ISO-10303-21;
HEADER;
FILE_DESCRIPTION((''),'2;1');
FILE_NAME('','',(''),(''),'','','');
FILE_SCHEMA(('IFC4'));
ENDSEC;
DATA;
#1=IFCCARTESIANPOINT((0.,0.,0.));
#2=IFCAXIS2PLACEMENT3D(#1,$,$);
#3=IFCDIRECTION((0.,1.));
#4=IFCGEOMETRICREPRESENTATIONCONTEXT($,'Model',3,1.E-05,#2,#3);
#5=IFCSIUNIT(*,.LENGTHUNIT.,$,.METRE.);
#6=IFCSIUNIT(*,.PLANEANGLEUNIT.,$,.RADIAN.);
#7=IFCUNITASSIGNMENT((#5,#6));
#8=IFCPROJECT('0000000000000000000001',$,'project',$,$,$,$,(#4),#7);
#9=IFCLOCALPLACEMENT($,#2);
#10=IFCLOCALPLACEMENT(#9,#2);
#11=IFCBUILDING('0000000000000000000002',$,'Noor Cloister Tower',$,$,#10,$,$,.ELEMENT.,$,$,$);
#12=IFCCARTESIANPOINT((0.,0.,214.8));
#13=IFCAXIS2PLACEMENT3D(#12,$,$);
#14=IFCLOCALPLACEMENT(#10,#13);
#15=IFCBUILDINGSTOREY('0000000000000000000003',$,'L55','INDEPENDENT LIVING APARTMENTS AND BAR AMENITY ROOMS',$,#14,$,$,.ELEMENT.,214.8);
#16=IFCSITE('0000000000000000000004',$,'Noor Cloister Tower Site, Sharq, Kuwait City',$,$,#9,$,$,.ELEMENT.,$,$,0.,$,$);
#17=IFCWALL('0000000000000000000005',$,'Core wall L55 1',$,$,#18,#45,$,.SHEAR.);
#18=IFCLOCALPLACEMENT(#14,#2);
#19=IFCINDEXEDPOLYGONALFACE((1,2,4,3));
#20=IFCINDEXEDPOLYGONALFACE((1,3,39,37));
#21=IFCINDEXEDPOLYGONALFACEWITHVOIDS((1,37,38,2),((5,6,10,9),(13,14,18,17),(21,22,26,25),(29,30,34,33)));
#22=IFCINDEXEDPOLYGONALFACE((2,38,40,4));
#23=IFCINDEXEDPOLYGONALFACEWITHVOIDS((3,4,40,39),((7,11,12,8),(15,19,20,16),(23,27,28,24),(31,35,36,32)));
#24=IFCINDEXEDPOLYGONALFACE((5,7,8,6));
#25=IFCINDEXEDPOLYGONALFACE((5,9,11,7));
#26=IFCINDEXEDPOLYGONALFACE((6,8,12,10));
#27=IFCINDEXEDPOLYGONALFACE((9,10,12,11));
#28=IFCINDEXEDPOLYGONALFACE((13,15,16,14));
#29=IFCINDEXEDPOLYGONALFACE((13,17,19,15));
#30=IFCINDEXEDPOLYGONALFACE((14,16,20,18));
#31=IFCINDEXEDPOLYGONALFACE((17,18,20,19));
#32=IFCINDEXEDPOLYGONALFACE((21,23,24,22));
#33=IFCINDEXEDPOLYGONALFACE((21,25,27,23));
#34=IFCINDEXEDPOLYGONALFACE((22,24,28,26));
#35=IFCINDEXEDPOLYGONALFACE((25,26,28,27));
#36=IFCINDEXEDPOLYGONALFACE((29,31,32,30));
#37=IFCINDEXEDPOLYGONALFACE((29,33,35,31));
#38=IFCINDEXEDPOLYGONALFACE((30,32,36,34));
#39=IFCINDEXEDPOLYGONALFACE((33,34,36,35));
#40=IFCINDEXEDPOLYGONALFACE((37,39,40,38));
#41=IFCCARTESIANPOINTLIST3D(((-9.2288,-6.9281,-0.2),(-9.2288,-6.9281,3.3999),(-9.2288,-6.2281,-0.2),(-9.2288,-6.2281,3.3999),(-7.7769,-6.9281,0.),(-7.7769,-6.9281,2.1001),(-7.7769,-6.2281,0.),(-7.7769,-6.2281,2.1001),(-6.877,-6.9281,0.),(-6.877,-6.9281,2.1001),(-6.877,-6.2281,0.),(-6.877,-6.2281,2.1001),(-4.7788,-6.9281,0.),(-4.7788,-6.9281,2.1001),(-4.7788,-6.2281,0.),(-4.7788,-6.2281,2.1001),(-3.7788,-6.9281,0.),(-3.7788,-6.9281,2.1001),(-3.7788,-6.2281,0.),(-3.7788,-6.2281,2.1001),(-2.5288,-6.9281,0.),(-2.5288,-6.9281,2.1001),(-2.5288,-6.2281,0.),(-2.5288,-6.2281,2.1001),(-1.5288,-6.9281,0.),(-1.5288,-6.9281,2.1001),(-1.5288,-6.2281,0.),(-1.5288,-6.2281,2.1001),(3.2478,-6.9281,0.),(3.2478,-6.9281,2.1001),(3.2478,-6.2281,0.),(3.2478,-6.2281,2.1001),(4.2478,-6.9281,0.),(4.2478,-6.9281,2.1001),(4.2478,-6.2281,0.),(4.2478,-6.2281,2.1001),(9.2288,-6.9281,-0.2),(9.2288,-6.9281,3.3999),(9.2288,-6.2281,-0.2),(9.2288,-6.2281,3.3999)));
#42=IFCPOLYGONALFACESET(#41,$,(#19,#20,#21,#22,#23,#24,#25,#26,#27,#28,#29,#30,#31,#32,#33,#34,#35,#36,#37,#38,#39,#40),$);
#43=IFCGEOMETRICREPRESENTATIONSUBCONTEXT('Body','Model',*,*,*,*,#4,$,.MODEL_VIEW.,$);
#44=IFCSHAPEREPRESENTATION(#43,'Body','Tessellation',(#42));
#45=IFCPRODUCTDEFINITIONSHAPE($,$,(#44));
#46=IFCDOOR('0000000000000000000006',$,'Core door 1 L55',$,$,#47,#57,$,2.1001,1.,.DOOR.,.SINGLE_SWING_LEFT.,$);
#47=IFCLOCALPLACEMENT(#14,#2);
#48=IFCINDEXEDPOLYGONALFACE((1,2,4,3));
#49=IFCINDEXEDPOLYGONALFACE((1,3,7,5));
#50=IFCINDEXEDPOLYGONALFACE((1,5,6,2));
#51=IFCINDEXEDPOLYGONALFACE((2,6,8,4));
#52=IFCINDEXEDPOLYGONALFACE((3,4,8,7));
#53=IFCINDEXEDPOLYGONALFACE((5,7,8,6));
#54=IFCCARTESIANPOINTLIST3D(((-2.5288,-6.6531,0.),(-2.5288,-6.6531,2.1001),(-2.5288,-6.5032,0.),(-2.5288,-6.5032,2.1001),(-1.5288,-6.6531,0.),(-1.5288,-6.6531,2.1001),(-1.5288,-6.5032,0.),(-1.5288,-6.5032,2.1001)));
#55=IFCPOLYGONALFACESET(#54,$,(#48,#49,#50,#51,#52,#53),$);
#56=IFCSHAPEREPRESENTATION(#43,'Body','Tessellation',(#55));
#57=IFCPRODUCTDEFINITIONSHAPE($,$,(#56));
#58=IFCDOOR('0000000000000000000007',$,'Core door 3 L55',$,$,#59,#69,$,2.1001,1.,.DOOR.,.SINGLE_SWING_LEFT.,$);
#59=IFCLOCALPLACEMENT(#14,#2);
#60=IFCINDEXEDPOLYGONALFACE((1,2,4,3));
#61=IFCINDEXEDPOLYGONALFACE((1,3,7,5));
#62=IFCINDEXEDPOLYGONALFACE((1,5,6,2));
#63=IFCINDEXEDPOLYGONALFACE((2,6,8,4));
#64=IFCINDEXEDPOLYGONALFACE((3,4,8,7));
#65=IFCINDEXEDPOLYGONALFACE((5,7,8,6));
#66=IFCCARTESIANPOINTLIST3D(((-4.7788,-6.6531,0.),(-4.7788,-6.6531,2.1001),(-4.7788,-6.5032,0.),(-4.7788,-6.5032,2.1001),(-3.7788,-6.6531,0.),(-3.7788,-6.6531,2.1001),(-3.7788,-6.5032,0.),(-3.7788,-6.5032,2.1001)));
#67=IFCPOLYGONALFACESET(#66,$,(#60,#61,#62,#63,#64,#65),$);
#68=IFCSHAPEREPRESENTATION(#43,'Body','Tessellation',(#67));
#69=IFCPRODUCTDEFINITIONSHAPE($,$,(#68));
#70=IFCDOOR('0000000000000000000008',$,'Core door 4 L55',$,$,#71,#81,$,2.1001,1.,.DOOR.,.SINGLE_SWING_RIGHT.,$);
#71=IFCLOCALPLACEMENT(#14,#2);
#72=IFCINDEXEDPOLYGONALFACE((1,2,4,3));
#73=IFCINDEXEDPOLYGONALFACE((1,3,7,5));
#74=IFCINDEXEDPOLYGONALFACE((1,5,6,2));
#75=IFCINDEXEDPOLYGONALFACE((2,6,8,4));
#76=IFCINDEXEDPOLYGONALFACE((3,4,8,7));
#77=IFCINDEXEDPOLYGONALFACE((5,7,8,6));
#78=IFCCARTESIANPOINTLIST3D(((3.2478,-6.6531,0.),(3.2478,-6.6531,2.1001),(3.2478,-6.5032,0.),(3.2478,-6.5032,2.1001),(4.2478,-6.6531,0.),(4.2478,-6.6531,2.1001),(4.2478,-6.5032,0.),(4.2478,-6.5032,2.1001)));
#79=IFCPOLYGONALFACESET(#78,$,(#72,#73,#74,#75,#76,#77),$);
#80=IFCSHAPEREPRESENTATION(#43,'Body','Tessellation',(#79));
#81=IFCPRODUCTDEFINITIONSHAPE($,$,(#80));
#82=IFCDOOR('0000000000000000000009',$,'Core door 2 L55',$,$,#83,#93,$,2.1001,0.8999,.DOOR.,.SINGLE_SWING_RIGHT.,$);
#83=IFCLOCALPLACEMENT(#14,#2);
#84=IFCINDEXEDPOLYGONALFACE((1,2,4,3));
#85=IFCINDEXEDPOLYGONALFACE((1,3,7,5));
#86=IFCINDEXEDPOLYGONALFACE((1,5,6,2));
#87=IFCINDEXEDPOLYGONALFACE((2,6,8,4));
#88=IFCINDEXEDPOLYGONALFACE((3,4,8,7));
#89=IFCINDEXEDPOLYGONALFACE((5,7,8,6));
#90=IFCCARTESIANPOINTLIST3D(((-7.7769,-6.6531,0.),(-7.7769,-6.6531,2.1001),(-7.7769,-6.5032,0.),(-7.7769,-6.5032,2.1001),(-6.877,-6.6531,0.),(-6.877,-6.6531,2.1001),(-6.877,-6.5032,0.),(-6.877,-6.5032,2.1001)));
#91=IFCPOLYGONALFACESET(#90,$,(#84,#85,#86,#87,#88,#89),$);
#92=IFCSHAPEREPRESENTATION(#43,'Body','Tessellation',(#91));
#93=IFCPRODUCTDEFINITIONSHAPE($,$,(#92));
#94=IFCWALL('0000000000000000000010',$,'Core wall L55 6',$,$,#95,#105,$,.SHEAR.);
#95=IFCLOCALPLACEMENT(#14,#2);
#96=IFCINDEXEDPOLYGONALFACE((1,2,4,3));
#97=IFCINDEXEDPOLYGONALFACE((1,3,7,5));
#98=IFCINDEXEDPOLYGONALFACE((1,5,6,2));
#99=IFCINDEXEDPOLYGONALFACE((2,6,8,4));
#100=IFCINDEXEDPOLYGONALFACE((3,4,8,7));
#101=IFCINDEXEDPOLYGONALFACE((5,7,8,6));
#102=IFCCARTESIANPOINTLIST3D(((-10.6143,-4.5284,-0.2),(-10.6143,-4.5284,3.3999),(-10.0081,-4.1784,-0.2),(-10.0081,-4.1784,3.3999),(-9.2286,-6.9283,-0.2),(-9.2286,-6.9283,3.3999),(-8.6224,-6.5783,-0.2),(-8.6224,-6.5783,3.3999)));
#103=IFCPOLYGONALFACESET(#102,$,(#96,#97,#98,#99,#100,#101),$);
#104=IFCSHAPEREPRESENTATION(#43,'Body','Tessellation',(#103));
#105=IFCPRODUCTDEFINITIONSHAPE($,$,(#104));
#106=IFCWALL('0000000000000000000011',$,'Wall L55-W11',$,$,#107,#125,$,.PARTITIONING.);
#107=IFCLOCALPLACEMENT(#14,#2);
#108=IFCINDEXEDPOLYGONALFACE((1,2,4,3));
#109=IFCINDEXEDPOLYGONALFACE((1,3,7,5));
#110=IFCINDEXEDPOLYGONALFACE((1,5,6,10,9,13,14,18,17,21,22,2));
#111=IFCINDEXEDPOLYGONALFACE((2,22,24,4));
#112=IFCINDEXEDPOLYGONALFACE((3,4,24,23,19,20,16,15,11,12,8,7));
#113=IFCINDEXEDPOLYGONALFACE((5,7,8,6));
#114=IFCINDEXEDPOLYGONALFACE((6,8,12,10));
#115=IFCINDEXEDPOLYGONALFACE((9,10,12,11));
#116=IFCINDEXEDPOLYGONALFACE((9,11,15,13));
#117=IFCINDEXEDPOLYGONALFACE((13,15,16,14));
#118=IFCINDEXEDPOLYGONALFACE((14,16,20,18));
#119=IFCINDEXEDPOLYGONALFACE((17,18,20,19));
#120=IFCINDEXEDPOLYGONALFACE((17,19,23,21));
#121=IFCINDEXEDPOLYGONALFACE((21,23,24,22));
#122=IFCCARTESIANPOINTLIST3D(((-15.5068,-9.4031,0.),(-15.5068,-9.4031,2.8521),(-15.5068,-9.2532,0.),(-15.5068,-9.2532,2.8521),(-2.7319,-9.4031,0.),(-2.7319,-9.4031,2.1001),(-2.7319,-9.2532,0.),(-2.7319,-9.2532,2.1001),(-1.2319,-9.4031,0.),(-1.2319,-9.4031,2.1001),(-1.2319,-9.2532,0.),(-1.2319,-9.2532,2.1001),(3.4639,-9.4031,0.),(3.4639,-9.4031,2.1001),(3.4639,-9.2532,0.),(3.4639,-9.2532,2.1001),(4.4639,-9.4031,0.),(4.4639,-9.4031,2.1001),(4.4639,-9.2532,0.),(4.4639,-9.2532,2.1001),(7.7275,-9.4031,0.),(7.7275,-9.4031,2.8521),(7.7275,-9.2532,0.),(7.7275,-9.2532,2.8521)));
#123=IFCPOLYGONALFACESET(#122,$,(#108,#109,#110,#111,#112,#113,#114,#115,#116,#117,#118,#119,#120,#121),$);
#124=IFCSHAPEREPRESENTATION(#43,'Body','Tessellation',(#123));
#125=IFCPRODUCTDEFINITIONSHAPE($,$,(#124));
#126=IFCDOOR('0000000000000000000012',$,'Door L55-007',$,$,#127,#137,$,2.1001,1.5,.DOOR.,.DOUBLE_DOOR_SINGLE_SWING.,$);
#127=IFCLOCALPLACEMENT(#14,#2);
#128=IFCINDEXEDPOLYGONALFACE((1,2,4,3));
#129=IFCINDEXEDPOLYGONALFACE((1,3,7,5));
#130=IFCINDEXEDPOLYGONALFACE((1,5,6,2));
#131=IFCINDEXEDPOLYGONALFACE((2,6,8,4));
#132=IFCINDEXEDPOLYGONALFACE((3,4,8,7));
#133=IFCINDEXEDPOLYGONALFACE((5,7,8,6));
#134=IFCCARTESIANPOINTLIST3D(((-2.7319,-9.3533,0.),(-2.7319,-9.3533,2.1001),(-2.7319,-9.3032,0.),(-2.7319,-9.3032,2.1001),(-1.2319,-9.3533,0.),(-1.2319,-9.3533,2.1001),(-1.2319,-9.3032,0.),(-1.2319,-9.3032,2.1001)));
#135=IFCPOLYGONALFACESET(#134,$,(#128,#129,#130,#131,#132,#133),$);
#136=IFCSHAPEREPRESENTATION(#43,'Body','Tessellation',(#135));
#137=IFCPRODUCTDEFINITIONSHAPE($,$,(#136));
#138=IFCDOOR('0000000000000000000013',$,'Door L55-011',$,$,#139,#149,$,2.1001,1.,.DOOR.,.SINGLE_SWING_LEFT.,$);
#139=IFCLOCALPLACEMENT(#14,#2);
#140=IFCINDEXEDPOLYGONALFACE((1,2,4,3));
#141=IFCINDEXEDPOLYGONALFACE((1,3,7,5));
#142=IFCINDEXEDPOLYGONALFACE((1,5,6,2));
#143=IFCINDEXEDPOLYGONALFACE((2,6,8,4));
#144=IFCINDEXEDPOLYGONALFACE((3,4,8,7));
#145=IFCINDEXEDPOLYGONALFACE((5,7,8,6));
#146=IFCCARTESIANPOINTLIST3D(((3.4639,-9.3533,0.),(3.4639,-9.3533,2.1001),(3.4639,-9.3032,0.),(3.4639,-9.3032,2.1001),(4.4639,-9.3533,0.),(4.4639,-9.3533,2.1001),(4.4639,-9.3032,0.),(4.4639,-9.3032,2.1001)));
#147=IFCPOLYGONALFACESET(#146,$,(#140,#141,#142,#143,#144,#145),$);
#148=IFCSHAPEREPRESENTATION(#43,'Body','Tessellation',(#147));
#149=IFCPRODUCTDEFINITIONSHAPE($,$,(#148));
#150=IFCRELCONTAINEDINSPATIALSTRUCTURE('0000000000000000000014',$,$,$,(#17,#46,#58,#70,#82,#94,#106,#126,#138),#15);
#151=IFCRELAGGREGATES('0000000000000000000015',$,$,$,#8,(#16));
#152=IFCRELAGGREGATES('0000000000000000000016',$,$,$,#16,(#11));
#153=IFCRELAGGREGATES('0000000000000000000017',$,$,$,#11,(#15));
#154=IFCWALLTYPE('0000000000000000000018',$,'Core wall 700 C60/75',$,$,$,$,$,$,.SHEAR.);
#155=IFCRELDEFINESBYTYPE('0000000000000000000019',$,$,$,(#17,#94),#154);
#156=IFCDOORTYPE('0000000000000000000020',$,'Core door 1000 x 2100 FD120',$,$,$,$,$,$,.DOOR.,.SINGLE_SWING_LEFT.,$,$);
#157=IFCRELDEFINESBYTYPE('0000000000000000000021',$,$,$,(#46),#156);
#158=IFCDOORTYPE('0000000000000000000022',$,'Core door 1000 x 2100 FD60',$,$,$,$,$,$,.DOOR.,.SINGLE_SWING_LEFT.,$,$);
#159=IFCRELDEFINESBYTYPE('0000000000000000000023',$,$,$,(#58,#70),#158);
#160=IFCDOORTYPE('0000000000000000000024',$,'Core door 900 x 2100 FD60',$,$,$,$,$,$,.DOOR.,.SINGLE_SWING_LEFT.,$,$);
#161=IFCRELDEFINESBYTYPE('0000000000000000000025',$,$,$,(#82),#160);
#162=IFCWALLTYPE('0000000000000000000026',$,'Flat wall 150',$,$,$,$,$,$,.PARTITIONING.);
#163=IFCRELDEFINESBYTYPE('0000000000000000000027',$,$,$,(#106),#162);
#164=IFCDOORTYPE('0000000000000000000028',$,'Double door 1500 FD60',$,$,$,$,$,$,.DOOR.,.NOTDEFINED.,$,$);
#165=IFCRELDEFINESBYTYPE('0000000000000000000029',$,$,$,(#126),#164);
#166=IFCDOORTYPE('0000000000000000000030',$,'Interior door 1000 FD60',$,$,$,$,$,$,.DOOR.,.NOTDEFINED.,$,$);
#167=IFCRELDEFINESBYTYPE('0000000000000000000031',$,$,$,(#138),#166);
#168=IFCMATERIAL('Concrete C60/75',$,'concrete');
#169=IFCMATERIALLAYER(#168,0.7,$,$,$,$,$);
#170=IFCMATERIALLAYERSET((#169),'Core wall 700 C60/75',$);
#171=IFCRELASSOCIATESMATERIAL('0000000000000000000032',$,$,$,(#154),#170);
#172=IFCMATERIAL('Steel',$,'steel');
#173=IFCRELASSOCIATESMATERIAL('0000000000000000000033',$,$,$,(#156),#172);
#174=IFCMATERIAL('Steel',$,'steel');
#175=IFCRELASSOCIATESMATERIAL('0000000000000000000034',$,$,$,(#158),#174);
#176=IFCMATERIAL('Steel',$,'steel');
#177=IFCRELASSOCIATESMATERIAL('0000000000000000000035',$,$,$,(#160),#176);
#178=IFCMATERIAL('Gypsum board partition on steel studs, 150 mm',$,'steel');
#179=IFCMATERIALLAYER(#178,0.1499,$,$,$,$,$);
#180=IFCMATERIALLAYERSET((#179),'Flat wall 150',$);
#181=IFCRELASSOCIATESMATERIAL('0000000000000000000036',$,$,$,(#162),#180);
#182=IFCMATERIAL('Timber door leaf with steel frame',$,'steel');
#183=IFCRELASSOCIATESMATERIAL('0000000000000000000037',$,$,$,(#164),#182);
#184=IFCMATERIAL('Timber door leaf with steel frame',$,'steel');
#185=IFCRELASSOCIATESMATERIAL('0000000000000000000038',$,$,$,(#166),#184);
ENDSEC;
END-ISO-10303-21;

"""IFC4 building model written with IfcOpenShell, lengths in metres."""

from ifc_helpers import new_model, si_unit, direction, frame, frame_2d, origin, place, context, subcontext, project, spatial, rectangle, extrude, material, layer, layer_set, type_object, element, fill, save


model = new_model("IFC4")

# Units and contexts
model_context = context("Model", 3, precision=1e-05, world=origin(), true_north=direction((0.0, 1.0)))
body_context = subcontext(model_context, "Body", "Model", "MODEL_VIEW")
ifc_project = project(units=[si_unit("LENGTHUNIT", "METRE"), si_unit("PLANEANGLEUNIT", "RADIAN")], contexts=[model_context])

# Site, building, storey
site_placement = place(None, origin())
site = spatial("IfcSite", under=ifc_project, at=site_placement, Name="Noor Cloister Tower Site, Sharq, Kuwait City", CompositionType="ELEMENT", RefElevation=0.0)
building_placement = place(site_placement, origin())
building = spatial("IfcBuilding", under=site, at=building_placement, Name="Noor Cloister Tower", CompositionType="ELEMENT")
storey_placement = place(building_placement, frame((0.0, 0.0, 214.8)))
storey = spatial("IfcBuildingStorey", under=building, at=storey_placement, Name="L55", Description="INDEPENDENT LIVING APARTMENTS AND BAR AMENITY ROOMS", CompositionType="ELEMENT", Elevation=214.8)

# Wall, openings, doors
ifc_material_1 = material(Name="Concrete C60/75", Category="concrete")
ifc_layer_1 = layer(ifc_material_1, 0.7)
ifc_layer_set_1 = layer_set([ifc_layer_1], Name="Core wall 700 C60/75")
wall_type_1 = type_object("IfcWallType", Name="Core wall 700 C60/75", PredefinedType="SHEAR", material=ifc_layer_set_1)
wall_1_placement = place(storey_placement, frame((-9.2288, -6.5781, -0.2), z_axis=(0.0, 0.0, 1.0), x_axis=(1.0, 0.0, 0.0)))
wall_1 = element("IfcWall", 1, at=wall_1_placement, inside=storey, type_object=wall_type_1, Name="Core wall L55 1", PredefinedType="SHEAR", context=body_context, shape_type="SweptSolid", body=[
    extrude(rectangle(XDim=18.4575, YDim=0.7, at=frame_2d((9.2288, 0.0))), origin(), (0.0, 0.0, 1.0), 3.5999),
])
opening_1_placement = place(wall_1_placement, frame((6.7, 0.0, 0.2)))
opening_1 = element("IfcOpeningElement", 2, at=opening_1_placement, cuts=wall_1, PredefinedType="OPENING", context=body_context, shape_type="SweptSolid", body=[
    extrude(rectangle(XDim=1.0, YDim=2.1001, at=frame_2d((0.5, 1.05))), frame((0.0, 0.3599, 0.0), z_axis=(0.0, -1.0, 0.0), x_axis=(1.0, 0.0, 0.0)), (0.0, 0.0, 1.0), 0.72),
])
opening_2_placement = place(wall_1_placement, frame((1.4519, 0.0, 0.2)))
opening_2 = element("IfcOpeningElement", 3, at=opening_2_placement, cuts=wall_1, PredefinedType="OPENING", context=body_context, shape_type="SweptSolid", body=[
    extrude(rectangle(XDim=0.8999, YDim=2.1001, at=frame_2d((0.45, 1.05))), frame((0.0, 0.3599, 0.0), z_axis=(0.0, -1.0, 0.0), x_axis=(1.0, 0.0, 0.0)), (0.0, 0.0, 1.0), 0.72),
])
opening_3_placement = place(wall_1_placement, frame((4.45, 0.0, 0.2)))
opening_3 = element("IfcOpeningElement", 4, at=opening_3_placement, cuts=wall_1, PredefinedType="OPENING", context=body_context, shape_type="SweptSolid", body=[
    extrude(rectangle(XDim=1.0, YDim=2.1001, at=frame_2d((0.5, 1.05))), frame((0.0, 0.3599, 0.0), z_axis=(0.0, -1.0, 0.0), x_axis=(1.0, 0.0, 0.0)), (0.0, 0.0, 1.0), 0.72),
])
opening_4_placement = place(wall_1_placement, frame((12.4766, 0.0, 0.2)))
opening_4 = element("IfcOpeningElement", 5, at=opening_4_placement, cuts=wall_1, PredefinedType="OPENING", context=body_context, shape_type="SweptSolid", body=[
    extrude(rectangle(XDim=1.0, YDim=2.1001, at=frame_2d((0.5, 1.05))), frame((0.0, 0.3599, 0.0), z_axis=(0.0, -1.0, 0.0), x_axis=(1.0, 0.0, 0.0)), (0.0, 0.0, 1.0), 0.72),
])
ifc_material_2 = material(Name="Steel", Category="steel")
door_type_1 = type_object("IfcDoorType", Name="Core door 1000 x 2100 FD120", OperationType="SINGLE_SWING_LEFT", PredefinedType="DOOR", material=ifc_material_2)
door_1_placement = place(opening_1_placement, origin())
door_1 = element("IfcDoor", 6, at=door_1_placement, inside=storey, type_object=door_type_1, Name="Core door 1 L55", OperationType="SINGLE_SWING_LEFT", OverallHeight=2.1001, OverallWidth=1.0, PredefinedType="DOOR", context=body_context, shape_type="SweptSolid", body=[
    extrude(rectangle(XDim=1.0, YDim=2.1001, at=frame_2d((0.5, 1.05))), frame((0.0, 0.075, 0.0), z_axis=(0.0, -1.0, 0.0), x_axis=(1.0, 0.0, 0.0)), (0.0, 0.0, 1.0), 0.1499),
])
fill(opening_1, door_1)
ifc_material_3 = material(Name="Steel", Category="steel")
door_type_2 = type_object("IfcDoorType", Name="Core door 1000 x 2100 FD60", OperationType="SINGLE_SWING_LEFT", PredefinedType="DOOR", material=ifc_material_3)
door_2_placement = place(opening_3_placement, origin())
door_2 = element("IfcDoor", 7, at=door_2_placement, inside=storey, type_object=door_type_2, Name="Core door 3 L55", OperationType="SINGLE_SWING_LEFT", OverallHeight=2.1001, OverallWidth=1.0, PredefinedType="DOOR", context=body_context, shape_type="SweptSolid", body=[
    extrude(rectangle(XDim=1.0, YDim=2.1001, at=frame_2d((0.5, 1.05))), frame((0.0, 0.075, 0.0), z_axis=(0.0, -1.0, 0.0), x_axis=(1.0, 0.0, 0.0)), (0.0, 0.0, 1.0), 0.1499),
])
fill(opening_3, door_2)
door_3_placement = place(opening_4_placement, origin())
door_3 = element("IfcDoor", 8, at=door_3_placement, inside=storey, type_object=door_type_2, Name="Core door 4 L55", OperationType="SINGLE_SWING_RIGHT", OverallHeight=2.1001, OverallWidth=1.0, PredefinedType="DOOR", context=body_context, shape_type="SweptSolid", body=[
    extrude(rectangle(XDim=1.0, YDim=2.1001, at=frame_2d((0.5, 1.05))), frame((0.0, 0.075, 0.0), z_axis=(0.0, -1.0, 0.0), x_axis=(1.0, 0.0, 0.0)), (0.0, 0.0, 1.0), 0.1499),
])
fill(opening_4, door_3)
ifc_material_4 = material(Name="Steel", Category="steel")
door_type_3 = type_object("IfcDoorType", Name="Core door 900 x 2100 FD60", OperationType="SINGLE_SWING_LEFT", PredefinedType="DOOR", material=ifc_material_4)
door_4_placement = place(opening_2_placement, origin())
door_4 = element("IfcDoor", 9, at=door_4_placement, inside=storey, type_object=door_type_3, Name="Core door 2 L55", OperationType="SINGLE_SWING_RIGHT", OverallHeight=2.1001, OverallWidth=0.8999, PredefinedType="DOOR", context=body_context, shape_type="SweptSolid", body=[
    extrude(rectangle(XDim=0.8999, YDim=2.1001, at=frame_2d((0.45, 1.05))), frame((0.0, 0.075, 0.0), z_axis=(0.0, -1.0, 0.0), x_axis=(1.0, 0.0, 0.0)), (0.0, 0.0, 1.0), 0.1499),
])
fill(opening_2, door_4)

# Wall
wall_2_placement = place(storey_placement, frame((-10.3113, -4.3533, -0.2), z_axis=(0.0, 0.0, 1.0), x_axis=(0.500043, -0.866001, 0.0)))
element("IfcWall", 10, at=wall_2_placement, inside=storey, type_object=wall_type_1, Name="Core wall L55 6", PredefinedType="SHEAR", context=body_context, shape_type="SweptSolid", body=[
    extrude(rectangle(XDim=2.7712, YDim=0.7, at=frame_2d((1.3857, 0.0))), origin(), (0.0, 0.0, 1.0), 3.5999),
])

# Wall, openings, doors
ifc_material_5 = material(Name="Gypsum board partition on steel studs, 150 mm", Category="steel")
ifc_layer_2 = layer(ifc_material_5, 0.1499)
ifc_layer_set_2 = layer_set([ifc_layer_2], Name="Flat wall 150")
wall_type_2 = type_object("IfcWallType", Name="Flat wall 150", PredefinedType="PARTITIONING", material=ifc_layer_set_2)
wall_3_placement = place(storey_placement, frame((-15.5068, -9.3281, 0.0), z_axis=(0.0, 0.0, 1.0), x_axis=(1.0, 0.0, 0.0)))
wall_3 = element("IfcWall", 11, at=wall_3_placement, inside=storey, type_object=wall_type_2, Name="Wall L55-W11", PredefinedType="PARTITIONING", context=body_context, shape_type="SweptSolid", body=[
    extrude(rectangle(XDim=23.2344, YDim=0.1499, at=frame_2d((11.6172, 0.0))), origin(), (0.0, 0.0, 1.0), 2.8521),
])
opening_5_placement = place(wall_3_placement, frame((12.7749, 0.0, 0.0)))
opening_5 = element("IfcOpeningElement", 12, at=opening_5_placement, cuts=wall_3, PredefinedType="OPENING", context=body_context, shape_type="SweptSolid", body=[
    extrude(rectangle(XDim=1.5, YDim=2.1001, at=frame_2d((0.75, 1.05))), frame((0.0, 0.085, 0.0), z_axis=(0.0, -1.0, 0.0), x_axis=(1.0, 0.0, 0.0)), (0.0, 0.0, 1.0), 0.1699),
])
opening_6_placement = place(wall_3_placement, frame((18.9707, 0.0, 0.0)))
opening_6 = element("IfcOpeningElement", 13, at=opening_6_placement, cuts=wall_3, PredefinedType="OPENING", context=body_context, shape_type="SweptSolid", body=[
    extrude(rectangle(XDim=1.0, YDim=2.1001, at=frame_2d((0.5, 1.05))), frame((0.0, 0.085, 0.0), z_axis=(0.0, -1.0, 0.0), x_axis=(1.0, 0.0, 0.0)), (0.0, 0.0, 1.0), 0.1699),
])
ifc_material_6 = material(Name="Timber door leaf with steel frame", Category="steel")
door_type_4 = type_object("IfcDoorType", Name="Double door 1500 FD60", OperationType="NOTDEFINED", PredefinedType="DOOR", material=ifc_material_6)
door_5_placement = place(opening_5_placement, origin())
door_5 = element("IfcDoor", 14, at=door_5_placement, inside=storey, type_object=door_type_4, Name="Door L55-007", OperationType="DOUBLE_DOOR_SINGLE_SWING", OverallHeight=2.1001, OverallWidth=1.5, PredefinedType="DOOR", context=body_context, shape_type="SweptSolid", body=[
    extrude(rectangle(XDim=1.5, YDim=2.1001, at=frame_2d((0.75, 1.05))), frame((0.0, 0.0249, 0.0), z_axis=(0.0, -1.0, 0.0), x_axis=(1.0, 0.0, 0.0)), (0.0, 0.0, 1.0), 0.05),
])
fill(opening_5, door_5)
ifc_material_7 = material(Name="Timber door leaf with steel frame", Category="steel")
door_type_5 = type_object("IfcDoorType", Name="Interior door 1000 FD60", OperationType="NOTDEFINED", PredefinedType="DOOR", material=ifc_material_7)
door_6_placement = place(opening_6_placement, origin())
door_6 = element("IfcDoor", 15, at=door_6_placement, inside=storey, type_object=door_type_5, Name="Door L55-011", OperationType="SINGLE_SWING_LEFT", OverallHeight=2.1001, OverallWidth=1.0, PredefinedType="DOOR", context=body_context, shape_type="SweptSolid", body=[
    extrude(rectangle(XDim=1.0, YDim=2.1001, at=frame_2d((0.5, 1.05))), frame((0.0, 0.0249, 0.0), z_axis=(0.0, -1.0, 0.0), x_axis=(1.0, 0.0, 0.0)), (0.0, 0.0, 1.0), 0.05),
])
fill(opening_6, door_6)

save(model, "model.ifc")
